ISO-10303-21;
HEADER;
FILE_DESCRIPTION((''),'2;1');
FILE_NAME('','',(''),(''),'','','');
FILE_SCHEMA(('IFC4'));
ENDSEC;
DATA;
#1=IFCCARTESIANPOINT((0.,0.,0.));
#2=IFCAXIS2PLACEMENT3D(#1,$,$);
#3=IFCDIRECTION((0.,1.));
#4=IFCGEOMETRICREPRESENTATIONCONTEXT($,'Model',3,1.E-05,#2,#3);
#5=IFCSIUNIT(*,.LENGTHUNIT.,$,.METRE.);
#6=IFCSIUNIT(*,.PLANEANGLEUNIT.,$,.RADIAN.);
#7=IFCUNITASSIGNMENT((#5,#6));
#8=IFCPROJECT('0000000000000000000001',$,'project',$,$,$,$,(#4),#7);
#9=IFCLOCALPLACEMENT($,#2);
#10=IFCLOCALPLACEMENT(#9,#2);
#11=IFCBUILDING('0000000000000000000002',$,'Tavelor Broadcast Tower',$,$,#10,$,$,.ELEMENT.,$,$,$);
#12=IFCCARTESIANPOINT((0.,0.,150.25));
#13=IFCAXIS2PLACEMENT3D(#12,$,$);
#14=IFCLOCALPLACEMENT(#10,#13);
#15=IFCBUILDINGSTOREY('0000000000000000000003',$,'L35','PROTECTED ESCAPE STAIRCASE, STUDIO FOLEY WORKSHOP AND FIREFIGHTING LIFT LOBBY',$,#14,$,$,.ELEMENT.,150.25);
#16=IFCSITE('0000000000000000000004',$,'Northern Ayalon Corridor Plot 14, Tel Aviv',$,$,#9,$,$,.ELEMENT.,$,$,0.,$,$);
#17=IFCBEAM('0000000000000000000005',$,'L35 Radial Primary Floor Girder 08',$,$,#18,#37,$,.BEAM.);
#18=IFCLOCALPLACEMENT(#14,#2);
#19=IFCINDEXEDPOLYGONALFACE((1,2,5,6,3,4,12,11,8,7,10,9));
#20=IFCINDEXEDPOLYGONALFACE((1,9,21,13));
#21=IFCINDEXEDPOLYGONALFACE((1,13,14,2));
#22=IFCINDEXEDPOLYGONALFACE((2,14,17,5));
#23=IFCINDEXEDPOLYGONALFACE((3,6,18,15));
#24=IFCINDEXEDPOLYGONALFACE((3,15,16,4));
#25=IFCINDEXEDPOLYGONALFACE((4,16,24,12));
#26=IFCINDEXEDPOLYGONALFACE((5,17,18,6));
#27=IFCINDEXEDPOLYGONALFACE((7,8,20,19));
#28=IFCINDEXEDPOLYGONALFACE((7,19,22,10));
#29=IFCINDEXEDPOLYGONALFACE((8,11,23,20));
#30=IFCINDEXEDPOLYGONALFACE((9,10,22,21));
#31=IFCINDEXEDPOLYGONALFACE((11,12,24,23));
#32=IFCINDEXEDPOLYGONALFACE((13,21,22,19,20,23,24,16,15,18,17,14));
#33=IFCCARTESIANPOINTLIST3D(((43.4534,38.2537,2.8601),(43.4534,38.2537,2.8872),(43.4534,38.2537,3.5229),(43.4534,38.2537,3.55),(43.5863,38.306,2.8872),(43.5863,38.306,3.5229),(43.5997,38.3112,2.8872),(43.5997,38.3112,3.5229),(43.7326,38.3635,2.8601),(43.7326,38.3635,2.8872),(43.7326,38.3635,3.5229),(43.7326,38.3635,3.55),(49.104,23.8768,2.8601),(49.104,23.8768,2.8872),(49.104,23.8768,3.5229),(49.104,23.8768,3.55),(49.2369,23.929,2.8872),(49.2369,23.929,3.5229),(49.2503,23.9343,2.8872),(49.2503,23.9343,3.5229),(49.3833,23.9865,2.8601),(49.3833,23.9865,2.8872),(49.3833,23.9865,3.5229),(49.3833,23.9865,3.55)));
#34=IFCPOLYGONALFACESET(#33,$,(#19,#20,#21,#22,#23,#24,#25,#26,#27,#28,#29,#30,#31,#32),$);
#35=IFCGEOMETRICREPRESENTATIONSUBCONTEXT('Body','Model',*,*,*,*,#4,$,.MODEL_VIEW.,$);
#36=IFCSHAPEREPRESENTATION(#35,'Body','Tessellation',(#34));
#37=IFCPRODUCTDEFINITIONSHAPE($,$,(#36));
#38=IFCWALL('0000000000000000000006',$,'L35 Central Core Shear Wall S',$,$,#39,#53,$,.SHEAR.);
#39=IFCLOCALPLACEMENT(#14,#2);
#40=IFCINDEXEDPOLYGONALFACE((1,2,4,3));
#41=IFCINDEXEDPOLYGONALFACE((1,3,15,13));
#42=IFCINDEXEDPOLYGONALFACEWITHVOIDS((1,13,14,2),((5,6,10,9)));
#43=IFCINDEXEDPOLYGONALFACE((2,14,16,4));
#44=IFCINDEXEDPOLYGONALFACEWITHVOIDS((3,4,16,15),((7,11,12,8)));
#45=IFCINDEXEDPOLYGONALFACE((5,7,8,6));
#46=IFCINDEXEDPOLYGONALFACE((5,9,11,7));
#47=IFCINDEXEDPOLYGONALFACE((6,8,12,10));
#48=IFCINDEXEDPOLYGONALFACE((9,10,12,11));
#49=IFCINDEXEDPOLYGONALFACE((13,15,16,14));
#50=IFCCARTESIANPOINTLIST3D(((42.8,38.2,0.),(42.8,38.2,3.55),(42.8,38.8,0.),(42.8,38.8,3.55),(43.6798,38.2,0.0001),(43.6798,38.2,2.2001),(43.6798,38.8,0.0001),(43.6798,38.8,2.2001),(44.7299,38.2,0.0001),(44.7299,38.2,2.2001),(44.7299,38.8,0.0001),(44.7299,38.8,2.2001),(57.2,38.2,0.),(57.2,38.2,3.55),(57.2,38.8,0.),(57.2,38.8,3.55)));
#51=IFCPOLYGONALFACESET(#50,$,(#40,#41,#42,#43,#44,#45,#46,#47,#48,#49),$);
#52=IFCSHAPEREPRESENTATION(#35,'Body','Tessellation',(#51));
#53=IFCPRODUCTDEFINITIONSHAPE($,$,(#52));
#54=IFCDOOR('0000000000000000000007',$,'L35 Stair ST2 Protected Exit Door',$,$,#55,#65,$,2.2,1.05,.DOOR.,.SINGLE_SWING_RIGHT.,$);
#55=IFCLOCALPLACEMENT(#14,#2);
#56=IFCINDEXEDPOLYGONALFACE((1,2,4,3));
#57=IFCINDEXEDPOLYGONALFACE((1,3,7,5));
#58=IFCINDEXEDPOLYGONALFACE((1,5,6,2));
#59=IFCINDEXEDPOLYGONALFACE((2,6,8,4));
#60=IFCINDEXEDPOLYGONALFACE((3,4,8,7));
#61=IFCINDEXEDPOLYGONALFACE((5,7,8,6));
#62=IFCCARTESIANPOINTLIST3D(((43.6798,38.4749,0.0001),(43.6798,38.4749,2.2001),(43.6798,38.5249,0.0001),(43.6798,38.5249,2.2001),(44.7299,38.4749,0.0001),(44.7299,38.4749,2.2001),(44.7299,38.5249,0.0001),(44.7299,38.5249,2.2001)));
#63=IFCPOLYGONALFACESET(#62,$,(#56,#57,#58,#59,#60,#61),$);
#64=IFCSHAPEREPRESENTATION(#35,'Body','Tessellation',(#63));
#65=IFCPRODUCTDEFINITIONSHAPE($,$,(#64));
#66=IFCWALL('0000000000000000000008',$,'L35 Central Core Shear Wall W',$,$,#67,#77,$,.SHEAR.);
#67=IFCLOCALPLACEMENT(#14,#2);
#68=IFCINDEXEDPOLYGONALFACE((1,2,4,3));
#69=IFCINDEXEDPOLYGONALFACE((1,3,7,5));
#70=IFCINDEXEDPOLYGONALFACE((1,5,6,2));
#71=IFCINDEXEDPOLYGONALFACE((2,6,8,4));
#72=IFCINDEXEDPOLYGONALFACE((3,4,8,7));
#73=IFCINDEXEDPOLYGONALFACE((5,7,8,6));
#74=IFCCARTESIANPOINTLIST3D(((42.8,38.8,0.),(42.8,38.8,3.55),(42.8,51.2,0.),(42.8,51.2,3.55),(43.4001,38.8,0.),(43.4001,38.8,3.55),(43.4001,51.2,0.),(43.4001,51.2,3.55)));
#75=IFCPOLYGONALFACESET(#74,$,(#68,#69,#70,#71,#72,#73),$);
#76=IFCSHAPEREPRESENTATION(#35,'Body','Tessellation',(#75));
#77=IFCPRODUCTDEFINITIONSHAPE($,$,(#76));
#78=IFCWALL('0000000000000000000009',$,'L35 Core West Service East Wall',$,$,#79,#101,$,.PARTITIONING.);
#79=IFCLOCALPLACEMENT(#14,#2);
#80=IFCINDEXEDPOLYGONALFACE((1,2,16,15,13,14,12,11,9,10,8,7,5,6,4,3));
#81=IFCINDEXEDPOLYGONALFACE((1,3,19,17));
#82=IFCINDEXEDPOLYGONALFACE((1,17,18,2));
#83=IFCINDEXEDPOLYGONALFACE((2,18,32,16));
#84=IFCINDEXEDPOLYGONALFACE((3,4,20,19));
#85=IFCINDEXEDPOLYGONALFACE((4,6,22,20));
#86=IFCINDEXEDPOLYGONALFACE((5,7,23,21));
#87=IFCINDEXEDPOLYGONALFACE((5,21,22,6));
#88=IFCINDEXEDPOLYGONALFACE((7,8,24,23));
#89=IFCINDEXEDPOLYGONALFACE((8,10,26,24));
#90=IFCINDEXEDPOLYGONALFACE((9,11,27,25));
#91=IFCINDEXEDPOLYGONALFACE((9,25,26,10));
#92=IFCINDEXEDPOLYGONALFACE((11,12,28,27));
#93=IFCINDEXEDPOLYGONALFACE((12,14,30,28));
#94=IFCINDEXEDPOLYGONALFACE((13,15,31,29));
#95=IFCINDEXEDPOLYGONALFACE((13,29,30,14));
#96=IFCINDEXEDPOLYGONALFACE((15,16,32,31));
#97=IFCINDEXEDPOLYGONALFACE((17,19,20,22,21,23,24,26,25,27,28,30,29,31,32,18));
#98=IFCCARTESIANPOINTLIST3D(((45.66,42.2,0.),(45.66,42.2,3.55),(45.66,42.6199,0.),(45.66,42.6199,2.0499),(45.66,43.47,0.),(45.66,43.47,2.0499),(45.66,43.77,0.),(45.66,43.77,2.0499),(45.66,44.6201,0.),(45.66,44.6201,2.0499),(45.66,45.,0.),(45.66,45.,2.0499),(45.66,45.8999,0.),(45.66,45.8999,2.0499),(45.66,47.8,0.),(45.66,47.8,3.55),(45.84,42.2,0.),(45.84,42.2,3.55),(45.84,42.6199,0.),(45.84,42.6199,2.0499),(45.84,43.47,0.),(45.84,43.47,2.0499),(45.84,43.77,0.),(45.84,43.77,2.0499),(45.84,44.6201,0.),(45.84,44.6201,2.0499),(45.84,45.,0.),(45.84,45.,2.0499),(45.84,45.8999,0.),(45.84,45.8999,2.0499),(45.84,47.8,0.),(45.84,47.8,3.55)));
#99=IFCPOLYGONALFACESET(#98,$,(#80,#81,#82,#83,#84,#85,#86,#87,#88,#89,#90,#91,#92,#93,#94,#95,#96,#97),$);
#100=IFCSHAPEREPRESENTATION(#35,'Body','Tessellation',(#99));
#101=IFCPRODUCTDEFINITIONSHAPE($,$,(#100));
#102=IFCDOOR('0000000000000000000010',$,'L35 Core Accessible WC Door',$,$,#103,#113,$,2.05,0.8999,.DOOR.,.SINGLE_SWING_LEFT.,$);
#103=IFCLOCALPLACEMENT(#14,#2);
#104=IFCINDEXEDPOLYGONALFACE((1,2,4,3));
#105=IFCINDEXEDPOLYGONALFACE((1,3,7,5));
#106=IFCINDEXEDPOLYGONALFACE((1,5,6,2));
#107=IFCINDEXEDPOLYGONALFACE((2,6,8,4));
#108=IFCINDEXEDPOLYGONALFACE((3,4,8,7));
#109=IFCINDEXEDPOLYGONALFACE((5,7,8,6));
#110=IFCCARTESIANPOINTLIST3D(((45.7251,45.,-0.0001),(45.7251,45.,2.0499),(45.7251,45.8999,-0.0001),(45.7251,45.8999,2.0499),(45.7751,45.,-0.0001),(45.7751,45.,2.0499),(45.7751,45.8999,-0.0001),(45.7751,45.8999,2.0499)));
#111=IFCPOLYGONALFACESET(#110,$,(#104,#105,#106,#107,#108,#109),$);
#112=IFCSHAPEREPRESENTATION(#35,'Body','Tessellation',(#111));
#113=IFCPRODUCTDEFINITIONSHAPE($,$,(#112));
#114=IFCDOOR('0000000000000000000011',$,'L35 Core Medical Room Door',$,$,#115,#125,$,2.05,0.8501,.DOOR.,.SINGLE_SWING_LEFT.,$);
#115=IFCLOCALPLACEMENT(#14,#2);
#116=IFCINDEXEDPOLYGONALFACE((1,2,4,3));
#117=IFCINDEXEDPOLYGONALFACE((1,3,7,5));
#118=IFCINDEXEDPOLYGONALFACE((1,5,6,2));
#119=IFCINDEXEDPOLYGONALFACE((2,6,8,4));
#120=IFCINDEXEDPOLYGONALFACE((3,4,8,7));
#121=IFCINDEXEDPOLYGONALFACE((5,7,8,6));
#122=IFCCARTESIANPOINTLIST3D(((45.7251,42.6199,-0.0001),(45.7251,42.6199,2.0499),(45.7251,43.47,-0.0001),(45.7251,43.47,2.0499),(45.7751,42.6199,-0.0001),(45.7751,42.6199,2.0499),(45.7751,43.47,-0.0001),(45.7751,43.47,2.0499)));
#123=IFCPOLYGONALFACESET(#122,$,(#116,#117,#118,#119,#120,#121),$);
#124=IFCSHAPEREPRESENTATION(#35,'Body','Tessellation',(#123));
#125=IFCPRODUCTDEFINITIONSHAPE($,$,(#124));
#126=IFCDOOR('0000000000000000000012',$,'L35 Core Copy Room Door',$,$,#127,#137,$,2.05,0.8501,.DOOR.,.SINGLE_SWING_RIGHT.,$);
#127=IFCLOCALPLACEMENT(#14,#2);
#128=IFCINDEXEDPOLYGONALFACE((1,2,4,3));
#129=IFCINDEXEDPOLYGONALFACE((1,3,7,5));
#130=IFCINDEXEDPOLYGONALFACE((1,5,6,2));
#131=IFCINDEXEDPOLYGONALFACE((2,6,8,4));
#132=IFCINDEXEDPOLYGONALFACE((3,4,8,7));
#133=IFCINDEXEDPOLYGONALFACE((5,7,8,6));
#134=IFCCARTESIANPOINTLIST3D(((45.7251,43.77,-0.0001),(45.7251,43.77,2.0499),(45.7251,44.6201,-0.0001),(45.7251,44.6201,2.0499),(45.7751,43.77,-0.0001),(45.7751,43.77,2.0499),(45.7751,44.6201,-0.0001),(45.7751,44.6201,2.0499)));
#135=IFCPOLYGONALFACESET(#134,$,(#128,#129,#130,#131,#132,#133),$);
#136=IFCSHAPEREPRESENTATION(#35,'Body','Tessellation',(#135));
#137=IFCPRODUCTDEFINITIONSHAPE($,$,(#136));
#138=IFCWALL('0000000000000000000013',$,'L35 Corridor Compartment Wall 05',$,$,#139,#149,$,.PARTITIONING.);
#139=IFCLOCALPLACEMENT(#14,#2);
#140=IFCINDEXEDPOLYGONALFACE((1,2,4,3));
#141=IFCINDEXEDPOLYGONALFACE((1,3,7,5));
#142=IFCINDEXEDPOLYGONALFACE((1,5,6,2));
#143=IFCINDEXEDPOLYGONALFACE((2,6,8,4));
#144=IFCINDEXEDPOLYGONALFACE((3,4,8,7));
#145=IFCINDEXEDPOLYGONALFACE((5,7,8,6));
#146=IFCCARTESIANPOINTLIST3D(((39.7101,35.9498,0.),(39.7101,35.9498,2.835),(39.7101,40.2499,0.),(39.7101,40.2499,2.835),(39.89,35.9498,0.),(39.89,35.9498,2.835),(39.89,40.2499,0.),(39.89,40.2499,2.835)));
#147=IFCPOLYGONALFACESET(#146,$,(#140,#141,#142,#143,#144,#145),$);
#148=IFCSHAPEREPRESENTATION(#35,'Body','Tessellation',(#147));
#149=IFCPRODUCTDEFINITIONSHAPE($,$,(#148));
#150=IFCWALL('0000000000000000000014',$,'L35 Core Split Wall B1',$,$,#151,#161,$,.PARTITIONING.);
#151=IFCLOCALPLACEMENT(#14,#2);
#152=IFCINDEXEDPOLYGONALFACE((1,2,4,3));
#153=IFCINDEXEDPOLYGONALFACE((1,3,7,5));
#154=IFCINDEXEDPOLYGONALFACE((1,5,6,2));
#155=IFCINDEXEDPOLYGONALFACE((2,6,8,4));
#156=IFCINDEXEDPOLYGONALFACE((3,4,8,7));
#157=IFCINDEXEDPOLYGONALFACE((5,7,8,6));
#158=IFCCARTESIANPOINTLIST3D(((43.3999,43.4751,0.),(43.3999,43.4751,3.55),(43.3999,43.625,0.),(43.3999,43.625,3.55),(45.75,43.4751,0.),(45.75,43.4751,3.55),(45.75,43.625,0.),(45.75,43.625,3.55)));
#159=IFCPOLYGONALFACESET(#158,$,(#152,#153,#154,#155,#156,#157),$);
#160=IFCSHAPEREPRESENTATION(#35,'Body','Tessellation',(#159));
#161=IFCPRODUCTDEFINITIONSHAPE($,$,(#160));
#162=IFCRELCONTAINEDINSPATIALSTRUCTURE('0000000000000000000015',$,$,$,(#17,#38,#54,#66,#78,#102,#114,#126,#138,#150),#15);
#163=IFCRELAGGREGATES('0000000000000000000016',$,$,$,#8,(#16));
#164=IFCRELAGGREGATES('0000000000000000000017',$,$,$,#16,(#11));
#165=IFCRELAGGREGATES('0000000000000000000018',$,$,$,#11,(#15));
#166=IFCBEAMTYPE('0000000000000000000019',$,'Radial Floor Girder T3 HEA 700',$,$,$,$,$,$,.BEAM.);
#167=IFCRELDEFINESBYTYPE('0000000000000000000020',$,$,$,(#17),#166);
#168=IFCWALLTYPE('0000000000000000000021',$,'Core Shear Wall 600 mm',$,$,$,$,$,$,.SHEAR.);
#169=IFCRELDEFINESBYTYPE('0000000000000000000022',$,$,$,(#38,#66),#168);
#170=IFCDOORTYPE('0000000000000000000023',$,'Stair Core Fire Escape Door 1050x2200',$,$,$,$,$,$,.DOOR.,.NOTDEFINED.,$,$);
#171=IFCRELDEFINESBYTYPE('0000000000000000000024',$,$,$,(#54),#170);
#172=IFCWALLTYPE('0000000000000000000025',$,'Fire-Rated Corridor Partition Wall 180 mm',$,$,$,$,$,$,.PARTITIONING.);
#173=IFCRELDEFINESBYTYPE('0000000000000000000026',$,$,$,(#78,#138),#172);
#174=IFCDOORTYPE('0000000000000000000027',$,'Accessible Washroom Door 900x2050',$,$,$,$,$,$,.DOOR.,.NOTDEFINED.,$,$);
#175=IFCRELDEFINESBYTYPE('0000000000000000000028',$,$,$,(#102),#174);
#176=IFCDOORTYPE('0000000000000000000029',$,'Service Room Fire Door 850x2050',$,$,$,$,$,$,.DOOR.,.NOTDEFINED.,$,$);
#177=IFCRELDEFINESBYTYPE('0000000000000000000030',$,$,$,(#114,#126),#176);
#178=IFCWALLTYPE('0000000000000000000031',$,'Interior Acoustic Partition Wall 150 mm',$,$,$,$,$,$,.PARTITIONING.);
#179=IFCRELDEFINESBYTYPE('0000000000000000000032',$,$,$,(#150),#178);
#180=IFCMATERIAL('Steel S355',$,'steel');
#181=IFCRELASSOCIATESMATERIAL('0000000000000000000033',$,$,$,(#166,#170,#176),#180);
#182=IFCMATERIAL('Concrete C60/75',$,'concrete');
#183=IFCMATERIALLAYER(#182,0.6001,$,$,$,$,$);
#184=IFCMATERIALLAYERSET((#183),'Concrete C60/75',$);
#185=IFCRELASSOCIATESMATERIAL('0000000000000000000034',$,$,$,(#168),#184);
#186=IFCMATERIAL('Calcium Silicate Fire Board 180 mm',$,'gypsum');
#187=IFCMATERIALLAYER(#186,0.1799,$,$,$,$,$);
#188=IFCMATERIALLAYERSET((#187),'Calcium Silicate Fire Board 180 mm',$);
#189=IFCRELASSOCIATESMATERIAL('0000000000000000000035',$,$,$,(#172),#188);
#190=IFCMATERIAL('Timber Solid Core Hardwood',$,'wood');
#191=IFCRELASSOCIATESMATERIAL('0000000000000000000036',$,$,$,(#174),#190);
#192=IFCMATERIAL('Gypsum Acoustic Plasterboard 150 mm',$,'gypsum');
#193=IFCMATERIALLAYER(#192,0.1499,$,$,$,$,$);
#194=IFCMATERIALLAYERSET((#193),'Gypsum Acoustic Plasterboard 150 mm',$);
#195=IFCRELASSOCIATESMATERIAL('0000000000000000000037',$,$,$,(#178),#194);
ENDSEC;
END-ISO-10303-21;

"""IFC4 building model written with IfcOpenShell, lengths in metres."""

from ifc_helpers import new_model, si_unit, direction, frame, frame_2d, origin, origin_2d, place, context, subcontext, project, spatial, rectangle, i_section, extrude, material, layer, layer_set, material_profile, profile_set, type_object, element, fill, save


model = new_model("IFC4")

# Units and contexts
model_context = context("Model", 3, precision=1e-05, world=origin(), true_north=direction((0.0, 1.0)))
body_context = subcontext(model_context, "Body", "Model", "MODEL_VIEW")
ifc_project = project(units=[si_unit("LENGTHUNIT", "METRE"), si_unit("PLANEANGLEUNIT", "RADIAN")], contexts=[model_context])

# Site, building, storey
site_placement = place(None, origin())
site = spatial("IfcSite", under=ifc_project, at=site_placement, Name="Northern Ayalon Corridor Plot 14, Tel Aviv", CompositionType="ELEMENT", RefElevation=0.0)
building_placement = place(site_placement, origin())
building = spatial("IfcBuilding", under=site, at=building_placement, Name="Tavelor Broadcast Tower", CompositionType="ELEMENT")
storey_placement = place(building_placement, frame((0.0, 0.0, 150.25)))
storey = spatial("IfcBuildingStorey", under=building, at=storey_placement, Name="L35", Description="PROTECTED ESCAPE STAIRCASE, STUDIO FOLEY WORKSHOP AND FIREFIGHTING LIFT LOBBY", CompositionType="ELEMENT", Elevation=150.25)

# Shared definitions
ifc_material_1 = material(Name="Concrete C60/75", Category="concrete")

# Beam
ifc_material_2 = material(Name="Steel S355", Category="steel")
ifc_material_profile_1 = material_profile(ifc_material_2, i_section(OverallWidth=0.3, OverallDepth=0.6899, WebThickness=0.0144, FlangeThickness=0.0271, at=origin_2d()), Name="HEA 700")
ifc_profile_set_1 = profile_set([ifc_material_profile_1], Name="Steel S355")
beam_type_1 = type_object("IfcBeamType", Name="Radial Floor Girder T3 HEA 700", PredefinedType="BEAM", material=ifc_profile_set_1)
beam_1_placement = place(storey_placement, frame((43.593, 38.3086, 3.2051), z_axis=(0.365795, -0.930695, 0.0), x_axis=(0.930695, 0.365795, 0.0)))
element("IfcBeam", 1, at=beam_1_placement, inside=storey, type_object=beam_type_1, Name="L35 Radial Primary Floor Girder 08", PredefinedType="BEAM", context=body_context, shape_type="SweptSolid", body=[
    extrude(i_section(OverallWidth=0.3, OverallDepth=0.6899, WebThickness=0.0144, FlangeThickness=0.0271, at=origin_2d()), origin(), (0.0, 0.0, 1.0), 15.4475),
])

# Wall, opening, door
ifc_layer_1 = layer(ifc_material_1, 0.6001)
ifc_layer_set_1 = layer_set([ifc_layer_1], Name="Concrete C60/75")
wall_type_1 = type_object("IfcWallType", Name="Core Shear Wall 600 mm", PredefinedType="SHEAR", material=ifc_layer_set_1)
wall_1_placement = place(storey_placement, frame((42.8, 38.5, 0.0), z_axis=(0.0, 0.0, 1.0), x_axis=(1.0, 0.0, 0.0)))
wall_1 = element("IfcWall", 2, at=wall_1_placement, inside=storey, type_object=wall_type_1, Name="L35 Central Core Shear Wall S", PredefinedType="SHEAR", context=body_context, shape_type="SweptSolid", body=[
    extrude(rectangle(XDim=14.3999, YDim=0.6001, at=frame_2d((7.2, 0.0))), origin(), (0.0, 0.0, 1.0), 3.55),
])
opening_1_placement = place(wall_1_placement, frame((0.8799, 0.0, 0.0)))
opening_1 = element("IfcOpeningElement", 3, at=opening_1_placement, cuts=wall_1, PredefinedType="OPENING", context=body_context, shape_type="SweptSolid", body=[
    extrude(rectangle(XDim=1.05, YDim=2.2, at=frame_2d((0.5249, 1.1001))), frame((0.0, 0.3101, 0.0), z_axis=(0.0, -1.0, 0.0), x_axis=(1.0, 0.0, 0.0)), (0.0, 0.0, 1.0), 0.6201),
])
door_type_1 = type_object("IfcDoorType", Name="Stair Core Fire Escape Door 1050x2200", OperationType="NOTDEFINED", PredefinedType="DOOR", material=ifc_material_2)
door_1_placement = place(opening_1_placement, origin())
door_1 = element("IfcDoor", 4, at=door_1_placement, inside=storey, type_object=door_type_1, Name="L35 Stair ST2 Protected Exit Door", OperationType="SINGLE_SWING_RIGHT", OverallHeight=2.2, OverallWidth=1.05, PredefinedType="DOOR", context=body_context, shape_type="SweptSolid", body=[
    extrude(rectangle(XDim=1.05, YDim=2.2, at=frame_2d((0.5249, 1.1001))), frame((0.0, 0.0249, 0.0), z_axis=(0.0, -1.0, 0.0), x_axis=(1.0, 0.0, 0.0)), (0.0, 0.0, 1.0), 0.05),
])
fill(opening_1, door_1)

# Wall
wall_2_placement = place(storey_placement, frame((43.1001, 38.8, 0.0), z_axis=(0.0, 0.0, 1.0), x_axis=(0.0, 1.0, 0.0)))
element("IfcWall", 5, at=wall_2_placement, inside=storey, type_object=wall_type_1, Name="L35 Central Core Shear Wall W", PredefinedType="SHEAR", context=body_context, shape_type="SweptSolid", body=[
    extrude(rectangle(XDim=12.3999, YDim=0.6001, at=frame_2d((6.2, 0.0))), origin(), (0.0, 0.0, 1.0), 3.55),
])

# Wall, openings, doors
ifc_material_3 = material(Name="Calcium Silicate Fire Board 180 mm", Category="gypsum")
ifc_layer_2 = layer(ifc_material_3, 0.1799)
ifc_layer_set_2 = layer_set([ifc_layer_2], Name="Calcium Silicate Fire Board 180 mm")
wall_type_2 = type_object("IfcWallType", Name="Fire-Rated Corridor Partition Wall 180 mm", PredefinedType="PARTITIONING", material=ifc_layer_set_2)
wall_3_placement = place(storey_placement, frame((45.75, 42.2, 0.0), z_axis=(0.0, 0.0, 1.0), x_axis=(0.0, 1.0, 0.0)))
wall_3 = element("IfcWall", 6, at=wall_3_placement, inside=storey, type_object=wall_type_2, Name="L35 Core West Service East Wall", PredefinedType="PARTITIONING", context=body_context, shape_type="SweptSolid", body=[
    extrude(rectangle(XDim=5.6001, YDim=0.1799, at=frame_2d((2.8, 0.0))), origin(), (0.0, 0.0, 1.0), 3.55),
])
opening_2_placement = place(wall_3_placement, frame((0.4199, 0.0, 0.0)))
opening_2 = element("IfcOpeningElement", 7, at=opening_2_placement, cuts=wall_3, PredefinedType="OPENING", context=body_context, shape_type="SweptSolid", body=[
    extrude(rectangle(XDim=0.8501, YDim=2.05, at=frame_2d((0.425, 1.0249))), frame((0.0, 0.1001, 0.0), z_axis=(0.0, -1.0, 0.0), x_axis=(1.0, 0.0, 0.0)), (0.0, 0.0, 1.0), 0.2),
])
opening_3_placement = place(wall_3_placement, frame((1.5701, 0.0, 0.0)))
opening_3 = element("IfcOpeningElement", 8, at=opening_3_placement, cuts=wall_3, PredefinedType="OPENING", context=body_context, shape_type="SweptSolid", body=[
    extrude(rectangle(XDim=0.8501, YDim=2.05, at=frame_2d((0.425, 1.0249))), frame((0.0, 0.1001, 0.0), z_axis=(0.0, -1.0, 0.0), x_axis=(1.0, 0.0, 0.0)), (0.0, 0.0, 1.0), 0.2),
])
opening_4_placement = place(wall_3_placement, frame((2.8, 0.0, 0.0)))
opening_4 = element("IfcOpeningElement", 9, at=opening_4_placement, cuts=wall_3, PredefinedType="OPENING", context=body_context, shape_type="SweptSolid", body=[
    extrude(rectangle(XDim=0.8999, YDim=2.05, at=frame_2d((0.45, 1.0249))), frame((0.0, 0.1001, 0.0), z_axis=(0.0, -1.0, 0.0), x_axis=(1.0, 0.0, 0.0)), (0.0, 0.0, 1.0), 0.2),
])
ifc_material_4 = material(Name="Timber Solid Core Hardwood", Category="wood")
door_type_2 = type_object("IfcDoorType", Name="Accessible Washroom Door 900x2050", OperationType="NOTDEFINED", PredefinedType="DOOR", material=ifc_material_4)
door_2_placement = place(opening_4_placement, origin())
door_2 = element("IfcDoor", 10, at=door_2_placement, inside=storey, type_object=door_type_2, Name="L35 Core Accessible WC Door", OperationType="SINGLE_SWING_LEFT", OverallHeight=2.05, OverallWidth=0.8999, PredefinedType="DOOR", context=body_context, shape_type="SweptSolid", body=[
    extrude(rectangle(XDim=0.8999, YDim=2.05, at=frame_2d((0.45, 1.0249))), frame((0.0, 0.0249, 0.0), z_axis=(0.0, -1.0, 0.0), x_axis=(1.0, 0.0, 0.0)), (0.0, 0.0, 1.0), 0.05),
])
fill(opening_4, door_2)
door_type_3 = type_object("IfcDoorType", Name="Service Room Fire Door 850x2050", OperationType="NOTDEFINED", PredefinedType="DOOR", material=ifc_material_2)
door_3_placement = place(opening_2_placement, origin())
door_3 = element("IfcDoor", 11, at=door_3_placement, inside=storey, type_object=door_type_3, Name="L35 Core Medical Room Door", OperationType="SINGLE_SWING_LEFT", OverallHeight=2.05, OverallWidth=0.8501, PredefinedType="DOOR", context=body_context, shape_type="SweptSolid", body=[
    extrude(rectangle(XDim=0.8501, YDim=2.05, at=frame_2d((0.425, 1.0249))), frame((0.0, 0.0249, 0.0), z_axis=(0.0, -1.0, 0.0), x_axis=(1.0, 0.0, 0.0)), (0.0, 0.0, 1.0), 0.05),
])
fill(opening_2, door_3)
door_4_placement = place(opening_3_placement, origin())
door_4 = element("IfcDoor", 12, at=door_4_placement, inside=storey, type_object=door_type_3, Name="L35 Core Copy Room Door", OperationType="SINGLE_SWING_RIGHT", OverallHeight=2.05, OverallWidth=0.8501, PredefinedType="DOOR", context=body_context, shape_type="SweptSolid", body=[
    extrude(rectangle(XDim=0.8501, YDim=2.05, at=frame_2d((0.425, 1.0249))), frame((0.0, 0.0249, 0.0), z_axis=(0.0, -1.0, 0.0), x_axis=(1.0, 0.0, 0.0)), (0.0, 0.0, 1.0), 0.05),
])
fill(opening_3, door_4)

# Walls
wall_4_placement = place(storey_placement, frame((39.8, 35.95, 0.0), z_axis=(0.0, 0.0, 1.0), x_axis=(0.0, 1.0, 0.0)))
element("IfcWall", 13, at=wall_4_placement, inside=storey, type_object=wall_type_2, Name="L35 Corridor Compartment Wall 05", PredefinedType="PARTITIONING", context=body_context, shape_type="SweptSolid", body=[
    extrude(rectangle(XDim=4.3, YDim=0.1799, at=frame_2d((2.1499, 0.0))), origin(), (0.0, 0.0, 1.0), 2.835),
])
ifc_material_5 = material(Name="Gypsum Acoustic Plasterboard 150 mm", Category="gypsum")
ifc_layer_3 = layer(ifc_material_5, 0.1499)
ifc_layer_set_3 = layer_set([ifc_layer_3], Name="Gypsum Acoustic Plasterboard 150 mm")
wall_type_3 = type_object("IfcWallType", Name="Interior Acoustic Partition Wall 150 mm", PredefinedType="PARTITIONING", material=ifc_layer_set_3)
for number, where, z_axis, x_axis, name in (
    (14, (43.3999, 43.55, 0.0), (0.0, 0.0, 1.0), (1.0, 0.0, 0.0), "L35 Core Split Wall B1"),
):
    element("IfcWall", number, at=place(storey_placement, frame(where, z_axis=z_axis, x_axis=x_axis)), inside=storey, type_object=wall_type_3, Name=name, PredefinedType="PARTITIONING", context=body_context, shape_type="SweptSolid", body=[
        extrude(rectangle(XDim=2.3501, YDim=0.1499, at=frame_2d((1.175, 0.0))), origin(), (0.0, 0.0, 1.0), 3.55),
    ])

save(model, "model.ifc")
